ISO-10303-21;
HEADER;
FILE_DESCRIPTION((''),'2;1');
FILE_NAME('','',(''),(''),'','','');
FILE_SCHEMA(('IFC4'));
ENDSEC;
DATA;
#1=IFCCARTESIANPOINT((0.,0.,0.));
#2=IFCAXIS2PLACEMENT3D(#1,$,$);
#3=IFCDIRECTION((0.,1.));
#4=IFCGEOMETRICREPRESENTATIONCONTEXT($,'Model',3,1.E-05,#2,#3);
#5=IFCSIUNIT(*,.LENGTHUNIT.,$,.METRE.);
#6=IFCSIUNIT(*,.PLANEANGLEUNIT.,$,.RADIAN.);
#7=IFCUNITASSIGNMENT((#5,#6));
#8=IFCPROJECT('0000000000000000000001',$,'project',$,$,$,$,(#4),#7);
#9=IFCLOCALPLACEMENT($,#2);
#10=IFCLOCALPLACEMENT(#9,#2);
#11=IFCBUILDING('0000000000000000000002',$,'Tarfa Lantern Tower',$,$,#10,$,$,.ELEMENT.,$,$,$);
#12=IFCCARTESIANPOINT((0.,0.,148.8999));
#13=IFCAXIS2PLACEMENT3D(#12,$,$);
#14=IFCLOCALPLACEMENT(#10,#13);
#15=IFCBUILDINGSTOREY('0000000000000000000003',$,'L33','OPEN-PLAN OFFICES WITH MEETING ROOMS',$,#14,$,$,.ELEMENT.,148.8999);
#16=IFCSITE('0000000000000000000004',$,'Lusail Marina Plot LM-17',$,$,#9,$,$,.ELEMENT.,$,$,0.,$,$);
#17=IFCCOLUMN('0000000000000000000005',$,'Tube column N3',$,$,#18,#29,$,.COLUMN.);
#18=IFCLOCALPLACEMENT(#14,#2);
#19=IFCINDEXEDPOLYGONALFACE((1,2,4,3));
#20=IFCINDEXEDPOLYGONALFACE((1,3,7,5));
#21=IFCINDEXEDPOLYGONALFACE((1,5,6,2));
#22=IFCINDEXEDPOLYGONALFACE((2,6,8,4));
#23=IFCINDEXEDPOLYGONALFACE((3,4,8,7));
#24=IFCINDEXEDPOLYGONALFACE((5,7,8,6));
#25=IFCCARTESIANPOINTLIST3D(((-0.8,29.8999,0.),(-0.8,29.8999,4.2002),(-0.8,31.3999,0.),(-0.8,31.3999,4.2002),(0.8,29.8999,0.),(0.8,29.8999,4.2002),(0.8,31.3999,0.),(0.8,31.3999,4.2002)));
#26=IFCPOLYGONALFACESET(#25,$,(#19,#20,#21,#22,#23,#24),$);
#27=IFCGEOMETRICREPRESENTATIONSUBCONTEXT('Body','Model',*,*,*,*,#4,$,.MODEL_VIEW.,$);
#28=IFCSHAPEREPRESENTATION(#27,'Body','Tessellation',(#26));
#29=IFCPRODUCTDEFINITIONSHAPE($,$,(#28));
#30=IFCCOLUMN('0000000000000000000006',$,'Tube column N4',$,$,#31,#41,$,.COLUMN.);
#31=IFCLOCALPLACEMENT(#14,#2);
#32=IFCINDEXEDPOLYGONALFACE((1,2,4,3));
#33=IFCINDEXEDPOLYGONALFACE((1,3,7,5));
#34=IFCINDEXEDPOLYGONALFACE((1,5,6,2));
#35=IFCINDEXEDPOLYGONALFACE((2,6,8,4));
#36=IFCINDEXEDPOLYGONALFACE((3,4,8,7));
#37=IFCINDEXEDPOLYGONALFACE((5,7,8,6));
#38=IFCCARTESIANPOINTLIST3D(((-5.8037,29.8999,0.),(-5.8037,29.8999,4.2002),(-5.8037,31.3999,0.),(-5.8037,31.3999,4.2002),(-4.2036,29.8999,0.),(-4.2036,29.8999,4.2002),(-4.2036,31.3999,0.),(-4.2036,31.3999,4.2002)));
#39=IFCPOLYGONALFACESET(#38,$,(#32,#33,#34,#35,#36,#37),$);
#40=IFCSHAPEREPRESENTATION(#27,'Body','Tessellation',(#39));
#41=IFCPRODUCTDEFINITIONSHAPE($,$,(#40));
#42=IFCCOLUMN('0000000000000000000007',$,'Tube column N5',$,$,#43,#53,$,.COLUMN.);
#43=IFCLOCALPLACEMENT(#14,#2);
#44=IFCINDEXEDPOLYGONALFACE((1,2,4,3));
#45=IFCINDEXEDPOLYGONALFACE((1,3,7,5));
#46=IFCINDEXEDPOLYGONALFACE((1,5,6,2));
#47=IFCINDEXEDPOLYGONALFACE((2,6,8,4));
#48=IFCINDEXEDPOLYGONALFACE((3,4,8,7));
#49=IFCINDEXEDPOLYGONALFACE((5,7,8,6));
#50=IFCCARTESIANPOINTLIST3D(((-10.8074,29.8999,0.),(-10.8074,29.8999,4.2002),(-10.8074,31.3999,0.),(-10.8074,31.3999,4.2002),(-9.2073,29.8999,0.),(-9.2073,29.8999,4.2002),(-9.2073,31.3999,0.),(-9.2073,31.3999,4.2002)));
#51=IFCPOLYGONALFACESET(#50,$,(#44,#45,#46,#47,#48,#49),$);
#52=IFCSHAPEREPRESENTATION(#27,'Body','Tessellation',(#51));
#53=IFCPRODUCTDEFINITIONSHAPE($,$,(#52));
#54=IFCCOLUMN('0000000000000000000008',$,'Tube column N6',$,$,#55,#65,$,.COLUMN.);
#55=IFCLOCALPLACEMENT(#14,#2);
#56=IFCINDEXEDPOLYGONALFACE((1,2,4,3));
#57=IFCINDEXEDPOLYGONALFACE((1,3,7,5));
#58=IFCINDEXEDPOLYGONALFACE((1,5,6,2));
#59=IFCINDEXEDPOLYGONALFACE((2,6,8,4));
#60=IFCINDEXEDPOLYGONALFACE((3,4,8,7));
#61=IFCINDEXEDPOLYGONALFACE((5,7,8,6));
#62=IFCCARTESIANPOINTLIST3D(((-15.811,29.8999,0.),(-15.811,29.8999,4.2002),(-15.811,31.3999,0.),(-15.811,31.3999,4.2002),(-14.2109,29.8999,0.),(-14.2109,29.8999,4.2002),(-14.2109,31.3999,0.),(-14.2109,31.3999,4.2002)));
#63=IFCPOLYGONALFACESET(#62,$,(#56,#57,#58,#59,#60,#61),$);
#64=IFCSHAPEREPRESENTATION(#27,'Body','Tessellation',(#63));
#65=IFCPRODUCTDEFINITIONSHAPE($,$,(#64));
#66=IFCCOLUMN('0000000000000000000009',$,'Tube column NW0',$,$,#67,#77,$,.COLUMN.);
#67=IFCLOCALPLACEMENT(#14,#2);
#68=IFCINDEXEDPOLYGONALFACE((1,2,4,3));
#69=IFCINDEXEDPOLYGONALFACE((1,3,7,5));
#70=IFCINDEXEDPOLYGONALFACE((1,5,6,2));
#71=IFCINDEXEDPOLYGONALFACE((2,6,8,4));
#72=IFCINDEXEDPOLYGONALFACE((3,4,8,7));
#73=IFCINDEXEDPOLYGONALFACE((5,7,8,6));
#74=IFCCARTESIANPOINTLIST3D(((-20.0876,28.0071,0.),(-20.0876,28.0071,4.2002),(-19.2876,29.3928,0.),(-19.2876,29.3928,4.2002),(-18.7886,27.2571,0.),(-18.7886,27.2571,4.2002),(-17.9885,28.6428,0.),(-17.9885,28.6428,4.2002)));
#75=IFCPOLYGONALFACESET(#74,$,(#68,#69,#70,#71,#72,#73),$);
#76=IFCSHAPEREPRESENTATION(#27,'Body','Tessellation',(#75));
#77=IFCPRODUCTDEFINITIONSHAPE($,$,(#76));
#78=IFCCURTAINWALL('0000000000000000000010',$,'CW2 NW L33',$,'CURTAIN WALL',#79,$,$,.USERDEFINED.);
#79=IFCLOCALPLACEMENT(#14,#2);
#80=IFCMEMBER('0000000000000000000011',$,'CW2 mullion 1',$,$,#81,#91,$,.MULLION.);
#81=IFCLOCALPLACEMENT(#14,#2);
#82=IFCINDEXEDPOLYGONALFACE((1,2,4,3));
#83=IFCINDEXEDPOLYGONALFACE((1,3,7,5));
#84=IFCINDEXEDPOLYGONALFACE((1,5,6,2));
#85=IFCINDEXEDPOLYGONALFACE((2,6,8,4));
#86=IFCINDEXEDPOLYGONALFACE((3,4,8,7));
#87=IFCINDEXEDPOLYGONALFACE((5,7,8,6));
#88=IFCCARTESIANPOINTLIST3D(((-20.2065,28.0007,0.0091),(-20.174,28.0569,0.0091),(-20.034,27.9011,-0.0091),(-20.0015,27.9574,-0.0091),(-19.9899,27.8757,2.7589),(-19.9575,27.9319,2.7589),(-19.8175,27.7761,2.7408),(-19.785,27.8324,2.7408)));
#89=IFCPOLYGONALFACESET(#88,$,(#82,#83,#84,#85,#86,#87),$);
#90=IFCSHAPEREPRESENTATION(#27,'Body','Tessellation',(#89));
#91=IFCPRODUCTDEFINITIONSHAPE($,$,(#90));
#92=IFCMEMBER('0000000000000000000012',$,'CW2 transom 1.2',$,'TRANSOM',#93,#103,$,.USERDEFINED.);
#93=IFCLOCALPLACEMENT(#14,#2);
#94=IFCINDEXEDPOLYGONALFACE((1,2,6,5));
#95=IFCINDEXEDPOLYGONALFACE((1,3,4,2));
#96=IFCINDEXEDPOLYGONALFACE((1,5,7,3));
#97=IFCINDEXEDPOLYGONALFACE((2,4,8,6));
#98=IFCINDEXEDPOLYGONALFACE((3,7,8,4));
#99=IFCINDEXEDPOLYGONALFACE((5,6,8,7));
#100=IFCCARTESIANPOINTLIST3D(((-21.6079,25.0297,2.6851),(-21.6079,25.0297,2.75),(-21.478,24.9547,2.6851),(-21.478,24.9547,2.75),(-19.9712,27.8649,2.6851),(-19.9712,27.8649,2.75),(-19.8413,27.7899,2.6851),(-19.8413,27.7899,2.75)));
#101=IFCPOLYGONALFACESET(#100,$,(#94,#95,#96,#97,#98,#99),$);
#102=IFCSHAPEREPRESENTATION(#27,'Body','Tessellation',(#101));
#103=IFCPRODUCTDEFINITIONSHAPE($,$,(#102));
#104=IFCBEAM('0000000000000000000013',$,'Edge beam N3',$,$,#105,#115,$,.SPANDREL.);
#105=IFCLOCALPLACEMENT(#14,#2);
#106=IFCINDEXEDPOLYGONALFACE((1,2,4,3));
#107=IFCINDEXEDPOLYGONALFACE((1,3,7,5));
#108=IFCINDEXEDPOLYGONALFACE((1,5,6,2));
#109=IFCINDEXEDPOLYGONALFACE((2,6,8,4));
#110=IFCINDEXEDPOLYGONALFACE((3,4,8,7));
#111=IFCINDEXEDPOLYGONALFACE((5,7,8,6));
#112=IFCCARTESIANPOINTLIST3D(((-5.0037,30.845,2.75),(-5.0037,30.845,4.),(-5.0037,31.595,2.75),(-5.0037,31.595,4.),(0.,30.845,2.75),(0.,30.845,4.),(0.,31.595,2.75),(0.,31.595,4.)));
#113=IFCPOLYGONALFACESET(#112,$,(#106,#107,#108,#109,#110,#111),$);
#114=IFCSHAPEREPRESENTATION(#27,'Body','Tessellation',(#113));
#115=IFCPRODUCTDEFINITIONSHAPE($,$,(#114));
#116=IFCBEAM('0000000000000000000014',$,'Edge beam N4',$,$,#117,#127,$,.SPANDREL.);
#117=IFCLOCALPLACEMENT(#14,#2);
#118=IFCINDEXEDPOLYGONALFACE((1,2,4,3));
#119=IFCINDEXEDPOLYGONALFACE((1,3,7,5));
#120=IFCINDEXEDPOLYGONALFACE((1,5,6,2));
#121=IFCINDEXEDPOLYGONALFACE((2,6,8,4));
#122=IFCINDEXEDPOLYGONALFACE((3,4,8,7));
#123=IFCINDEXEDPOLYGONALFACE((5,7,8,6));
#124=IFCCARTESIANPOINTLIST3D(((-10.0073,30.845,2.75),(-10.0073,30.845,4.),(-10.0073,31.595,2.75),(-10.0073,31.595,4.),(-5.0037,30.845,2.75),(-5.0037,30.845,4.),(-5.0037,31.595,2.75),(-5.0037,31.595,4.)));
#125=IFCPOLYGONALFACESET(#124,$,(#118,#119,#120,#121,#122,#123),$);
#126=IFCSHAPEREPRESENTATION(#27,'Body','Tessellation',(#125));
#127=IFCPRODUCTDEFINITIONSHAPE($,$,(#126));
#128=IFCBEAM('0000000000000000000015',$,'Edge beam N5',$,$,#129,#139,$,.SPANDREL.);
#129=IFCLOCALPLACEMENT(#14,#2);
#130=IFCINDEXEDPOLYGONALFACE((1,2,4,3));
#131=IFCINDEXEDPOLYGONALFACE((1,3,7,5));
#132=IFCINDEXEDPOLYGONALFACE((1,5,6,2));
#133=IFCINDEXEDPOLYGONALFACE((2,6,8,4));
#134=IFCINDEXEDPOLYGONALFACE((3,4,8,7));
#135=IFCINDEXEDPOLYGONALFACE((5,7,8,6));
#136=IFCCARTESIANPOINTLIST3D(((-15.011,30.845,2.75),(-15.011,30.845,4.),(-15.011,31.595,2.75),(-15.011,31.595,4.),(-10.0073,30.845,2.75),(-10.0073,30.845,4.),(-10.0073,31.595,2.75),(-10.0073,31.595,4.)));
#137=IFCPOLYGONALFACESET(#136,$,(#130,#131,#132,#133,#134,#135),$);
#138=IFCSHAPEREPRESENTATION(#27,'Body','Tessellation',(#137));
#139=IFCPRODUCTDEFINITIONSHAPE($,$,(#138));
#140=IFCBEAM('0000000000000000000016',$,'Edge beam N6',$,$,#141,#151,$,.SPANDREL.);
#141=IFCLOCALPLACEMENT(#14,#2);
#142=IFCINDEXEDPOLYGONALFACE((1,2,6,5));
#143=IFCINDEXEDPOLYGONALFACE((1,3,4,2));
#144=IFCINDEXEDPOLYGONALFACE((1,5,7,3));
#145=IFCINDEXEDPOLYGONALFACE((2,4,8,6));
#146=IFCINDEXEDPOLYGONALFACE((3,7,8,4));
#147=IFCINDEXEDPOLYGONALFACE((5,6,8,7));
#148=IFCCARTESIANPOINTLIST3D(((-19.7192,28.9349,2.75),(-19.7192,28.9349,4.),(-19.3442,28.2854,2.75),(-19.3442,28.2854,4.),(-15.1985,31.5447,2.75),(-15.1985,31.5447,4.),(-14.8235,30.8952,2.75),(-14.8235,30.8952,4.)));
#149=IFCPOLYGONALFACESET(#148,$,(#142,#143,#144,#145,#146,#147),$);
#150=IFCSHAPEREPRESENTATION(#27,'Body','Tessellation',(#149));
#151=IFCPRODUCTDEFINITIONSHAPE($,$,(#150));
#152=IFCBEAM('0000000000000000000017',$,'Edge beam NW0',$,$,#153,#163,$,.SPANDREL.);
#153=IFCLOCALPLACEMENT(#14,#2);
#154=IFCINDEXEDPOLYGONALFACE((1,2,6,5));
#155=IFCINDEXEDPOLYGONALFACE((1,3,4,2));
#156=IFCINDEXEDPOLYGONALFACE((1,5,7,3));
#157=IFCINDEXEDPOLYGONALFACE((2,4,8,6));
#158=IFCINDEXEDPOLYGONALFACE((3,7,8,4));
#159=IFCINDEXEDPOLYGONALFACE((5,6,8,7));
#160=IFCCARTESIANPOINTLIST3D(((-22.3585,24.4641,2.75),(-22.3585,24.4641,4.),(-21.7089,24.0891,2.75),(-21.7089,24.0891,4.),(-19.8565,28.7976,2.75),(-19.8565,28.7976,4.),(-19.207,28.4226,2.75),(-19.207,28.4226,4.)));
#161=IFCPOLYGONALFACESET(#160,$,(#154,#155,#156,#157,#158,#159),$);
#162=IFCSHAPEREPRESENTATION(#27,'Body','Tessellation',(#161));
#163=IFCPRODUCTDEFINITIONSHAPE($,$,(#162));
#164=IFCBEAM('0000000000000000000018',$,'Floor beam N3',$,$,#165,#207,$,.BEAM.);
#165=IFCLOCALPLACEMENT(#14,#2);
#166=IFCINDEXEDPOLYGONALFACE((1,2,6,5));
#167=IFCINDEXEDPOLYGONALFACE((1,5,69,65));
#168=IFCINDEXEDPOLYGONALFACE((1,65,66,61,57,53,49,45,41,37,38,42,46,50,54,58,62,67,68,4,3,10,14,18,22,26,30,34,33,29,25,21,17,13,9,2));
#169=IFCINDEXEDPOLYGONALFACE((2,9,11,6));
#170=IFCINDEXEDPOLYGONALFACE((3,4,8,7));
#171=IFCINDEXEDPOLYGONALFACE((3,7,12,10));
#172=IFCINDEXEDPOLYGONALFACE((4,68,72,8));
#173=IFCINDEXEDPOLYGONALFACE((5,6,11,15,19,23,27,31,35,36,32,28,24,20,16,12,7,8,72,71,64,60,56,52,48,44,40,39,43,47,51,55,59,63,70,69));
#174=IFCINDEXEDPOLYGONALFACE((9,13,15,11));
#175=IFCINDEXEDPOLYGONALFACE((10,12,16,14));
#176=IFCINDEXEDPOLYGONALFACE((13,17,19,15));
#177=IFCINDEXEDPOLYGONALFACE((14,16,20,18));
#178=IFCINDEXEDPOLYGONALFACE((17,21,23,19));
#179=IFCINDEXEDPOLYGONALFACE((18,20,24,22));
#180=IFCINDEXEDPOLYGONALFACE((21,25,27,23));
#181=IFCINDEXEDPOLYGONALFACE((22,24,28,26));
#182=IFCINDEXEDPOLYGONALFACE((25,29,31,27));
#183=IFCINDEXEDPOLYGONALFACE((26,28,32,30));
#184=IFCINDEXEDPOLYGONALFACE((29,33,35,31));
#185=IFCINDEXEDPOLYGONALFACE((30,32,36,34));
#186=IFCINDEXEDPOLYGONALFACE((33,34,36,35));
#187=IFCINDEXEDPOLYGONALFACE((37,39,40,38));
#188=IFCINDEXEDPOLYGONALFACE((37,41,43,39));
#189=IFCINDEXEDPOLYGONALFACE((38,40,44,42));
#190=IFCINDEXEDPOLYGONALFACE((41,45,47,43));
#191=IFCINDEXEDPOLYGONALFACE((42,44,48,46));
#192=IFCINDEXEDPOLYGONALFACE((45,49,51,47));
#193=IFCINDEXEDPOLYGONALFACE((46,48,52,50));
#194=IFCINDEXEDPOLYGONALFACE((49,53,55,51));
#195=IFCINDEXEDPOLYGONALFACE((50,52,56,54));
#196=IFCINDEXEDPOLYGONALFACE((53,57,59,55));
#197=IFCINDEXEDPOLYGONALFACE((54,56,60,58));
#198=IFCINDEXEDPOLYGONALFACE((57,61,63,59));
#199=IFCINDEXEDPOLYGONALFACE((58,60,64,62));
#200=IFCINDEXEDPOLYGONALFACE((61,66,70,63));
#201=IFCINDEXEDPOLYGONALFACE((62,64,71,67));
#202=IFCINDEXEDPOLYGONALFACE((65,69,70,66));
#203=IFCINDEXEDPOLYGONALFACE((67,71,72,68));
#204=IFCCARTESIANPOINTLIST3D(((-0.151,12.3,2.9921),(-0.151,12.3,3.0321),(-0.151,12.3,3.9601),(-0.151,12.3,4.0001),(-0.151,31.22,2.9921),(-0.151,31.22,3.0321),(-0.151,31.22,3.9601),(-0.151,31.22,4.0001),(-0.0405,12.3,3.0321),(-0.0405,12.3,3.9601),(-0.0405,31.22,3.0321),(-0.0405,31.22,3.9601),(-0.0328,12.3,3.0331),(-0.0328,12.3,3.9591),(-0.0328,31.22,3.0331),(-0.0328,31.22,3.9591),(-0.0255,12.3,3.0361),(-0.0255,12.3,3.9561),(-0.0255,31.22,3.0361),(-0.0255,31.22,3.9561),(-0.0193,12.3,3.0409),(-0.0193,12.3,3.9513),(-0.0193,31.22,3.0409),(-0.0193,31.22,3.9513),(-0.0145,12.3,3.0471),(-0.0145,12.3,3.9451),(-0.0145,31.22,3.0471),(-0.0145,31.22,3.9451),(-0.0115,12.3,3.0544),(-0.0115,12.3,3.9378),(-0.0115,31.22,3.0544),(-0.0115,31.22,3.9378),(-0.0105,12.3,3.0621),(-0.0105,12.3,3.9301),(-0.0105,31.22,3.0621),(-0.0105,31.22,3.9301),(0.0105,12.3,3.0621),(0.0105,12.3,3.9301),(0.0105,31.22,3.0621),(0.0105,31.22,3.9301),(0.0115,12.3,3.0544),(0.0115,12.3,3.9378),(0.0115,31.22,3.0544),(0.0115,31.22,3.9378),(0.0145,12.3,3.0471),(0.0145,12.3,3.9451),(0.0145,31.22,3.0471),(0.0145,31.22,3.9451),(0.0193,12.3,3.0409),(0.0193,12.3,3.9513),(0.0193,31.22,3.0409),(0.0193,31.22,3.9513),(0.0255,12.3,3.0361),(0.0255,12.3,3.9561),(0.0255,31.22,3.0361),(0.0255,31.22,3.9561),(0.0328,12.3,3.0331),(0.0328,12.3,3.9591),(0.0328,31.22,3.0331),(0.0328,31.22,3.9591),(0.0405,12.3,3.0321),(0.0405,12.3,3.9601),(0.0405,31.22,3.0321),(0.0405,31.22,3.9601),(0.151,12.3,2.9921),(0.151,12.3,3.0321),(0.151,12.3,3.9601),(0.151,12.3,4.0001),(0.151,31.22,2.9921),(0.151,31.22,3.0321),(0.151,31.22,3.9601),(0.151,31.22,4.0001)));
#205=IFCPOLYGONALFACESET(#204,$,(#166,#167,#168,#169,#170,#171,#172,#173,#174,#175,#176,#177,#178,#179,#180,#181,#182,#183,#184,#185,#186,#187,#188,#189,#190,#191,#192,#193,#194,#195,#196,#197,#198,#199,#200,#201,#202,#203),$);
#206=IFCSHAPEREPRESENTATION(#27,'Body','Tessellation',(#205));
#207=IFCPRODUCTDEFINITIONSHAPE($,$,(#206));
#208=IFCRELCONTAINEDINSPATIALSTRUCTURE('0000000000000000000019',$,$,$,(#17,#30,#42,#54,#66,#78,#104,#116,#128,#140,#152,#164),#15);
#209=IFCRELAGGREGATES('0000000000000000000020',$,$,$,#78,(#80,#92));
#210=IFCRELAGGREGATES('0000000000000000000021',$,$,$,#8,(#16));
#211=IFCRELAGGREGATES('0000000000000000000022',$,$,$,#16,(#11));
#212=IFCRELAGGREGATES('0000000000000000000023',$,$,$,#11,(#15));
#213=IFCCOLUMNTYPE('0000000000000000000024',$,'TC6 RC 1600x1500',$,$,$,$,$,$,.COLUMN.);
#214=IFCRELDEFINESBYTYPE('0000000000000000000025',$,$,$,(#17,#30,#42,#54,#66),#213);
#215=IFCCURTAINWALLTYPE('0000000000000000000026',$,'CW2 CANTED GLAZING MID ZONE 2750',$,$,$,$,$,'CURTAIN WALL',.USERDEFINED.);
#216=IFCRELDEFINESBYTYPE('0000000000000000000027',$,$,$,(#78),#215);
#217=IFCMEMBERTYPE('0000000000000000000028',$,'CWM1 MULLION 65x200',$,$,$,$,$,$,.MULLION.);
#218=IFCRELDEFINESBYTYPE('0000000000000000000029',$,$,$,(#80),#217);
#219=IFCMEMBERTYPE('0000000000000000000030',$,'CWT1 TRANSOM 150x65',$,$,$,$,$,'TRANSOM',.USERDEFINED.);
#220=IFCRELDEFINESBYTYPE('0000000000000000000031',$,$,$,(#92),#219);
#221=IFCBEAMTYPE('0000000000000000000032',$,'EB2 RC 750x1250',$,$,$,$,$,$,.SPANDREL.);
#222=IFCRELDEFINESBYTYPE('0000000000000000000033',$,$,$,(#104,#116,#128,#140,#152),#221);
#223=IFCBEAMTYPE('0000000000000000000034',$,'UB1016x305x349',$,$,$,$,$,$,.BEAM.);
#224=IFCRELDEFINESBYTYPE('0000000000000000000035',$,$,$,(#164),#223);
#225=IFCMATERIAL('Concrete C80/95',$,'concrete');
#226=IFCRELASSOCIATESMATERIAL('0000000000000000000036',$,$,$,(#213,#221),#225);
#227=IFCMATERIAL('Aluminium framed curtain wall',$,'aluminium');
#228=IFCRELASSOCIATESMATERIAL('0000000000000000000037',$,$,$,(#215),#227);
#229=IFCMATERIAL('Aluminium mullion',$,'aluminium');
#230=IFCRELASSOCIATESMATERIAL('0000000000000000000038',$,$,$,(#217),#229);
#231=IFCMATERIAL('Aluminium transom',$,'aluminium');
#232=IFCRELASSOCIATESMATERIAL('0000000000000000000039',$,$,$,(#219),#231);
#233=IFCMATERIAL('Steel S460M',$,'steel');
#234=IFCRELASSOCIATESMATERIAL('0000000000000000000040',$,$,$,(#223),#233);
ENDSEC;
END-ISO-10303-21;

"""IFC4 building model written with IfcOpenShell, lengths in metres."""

from ifc_helpers import new_model, si_unit, direction, frame, origin, origin_2d, place, context, subcontext, project, spatial, rectangle, i_section, extrude, material, material_profile, profile_set, type_object, element, aggregate, save


model = new_model("IFC4")

# Units and contexts
model_context = context("Model", 3, precision=1e-05, world=origin(), true_north=direction((0.0, 1.0)))
body_context = subcontext(model_context, "Body", "Model", "MODEL_VIEW")
ifc_project = project(units=[si_unit("LENGTHUNIT", "METRE"), si_unit("PLANEANGLEUNIT", "RADIAN")], contexts=[model_context])

# Site, building, storey
site_placement = place(None, origin())
site = spatial("IfcSite", under=ifc_project, at=site_placement, Name="Lusail Marina Plot LM-17", CompositionType="ELEMENT", RefElevation=0.0)
building_placement = place(site_placement, origin())
building = spatial("IfcBuilding", under=site, at=building_placement, Name="Tarfa Lantern Tower", CompositionType="ELEMENT")
storey_placement = place(building_placement, frame((0.0, 0.0, 148.8999)))
storey = spatial("IfcBuildingStorey", under=building, at=storey_placement, Name="L33", Description="OPEN-PLAN OFFICES WITH MEETING ROOMS", CompositionType="ELEMENT", Elevation=148.8999)

# Columns
ifc_material_1 = material(Name="Concrete C80/95", Category="concrete")
ifc_material_profile_1 = material_profile(ifc_material_1, rectangle(XDim=1.6001, YDim=1.5, at=origin_2d()), Name="RC 1600x1500")
ifc_profile_set_1 = profile_set([ifc_material_profile_1], Name="Concrete C80/95")
column_type = type_object("IfcColumnType", Name="TC6 RC 1600x1500", PredefinedType="COLUMN", material=ifc_profile_set_1)
for number, where, z_axis, x_axis, name in (
    (1, (0.0, 30.6499, 0.0), (0.0, 0.0, 1.0), (-1.0, 0.0, 0.0), "Tube column N3"),
    (2, (-5.0037, 30.6499, 0.0), (0.0, 0.0, 1.0), (-1.0, 0.0, 0.0), "Tube column N4"),
    (3, (-10.0073, 30.6499, 0.0), (0.0, 0.0, 1.0), (-1.0, 0.0, 0.0), "Tube column N5"),
    (4, (-15.011, 30.6499, 0.0), (0.0, 0.0, 1.0), (-1.0, 0.0, 0.0), "Tube column N6"),
    (5, (-19.0381, 28.325, 0.0), (0.0, 0.0, 1.0), (-0.5, -0.866025, 0.0), "Tube column NW0"),
):
    element("IfcColumn", number, at=place(storey_placement, frame(where, z_axis=z_axis, x_axis=x_axis)), inside=storey, type_object=column_type, Name=name, PredefinedType="COLUMN", context=body_context, shape_type="SweptSolid", body=[
        extrude(rectangle(XDim=1.6001, YDim=1.5, at=origin_2d()), origin(), (0.0, 0.0, 1.0), 4.2002),
    ])

# Curtain wall, members
ifc_material_2 = material(Name="Aluminium framed curtain wall", Category="aluminium")
curtain_wall_type = type_object("IfcCurtainWallType", Name="CW2 CANTED GLAZING MID ZONE 2750", ElementType="CURTAIN WALL", PredefinedType="USERDEFINED", material=ifc_material_2)
curtain_wall_placement = place(storey_placement, origin())
curtain_wall = element("IfcCurtainWall", 6, at=curtain_wall_placement, inside=storey, type_object=curtain_wall_type, Name="CW2 NW L33", ObjectType="CURTAIN WALL", PredefinedType="USERDEFINED")
ifc_material_3 = material(Name="Aluminium mullion", Category="aluminium")
ifc_material_profile_2 = material_profile(ifc_material_3, rectangle(XDim=0.0649, YDim=0.2, at=origin_2d()), Name="AL MULLION 65x200")
ifc_profile_set_2 = profile_set([ifc_material_profile_2], Name="Aluminium mullion")
member_type_1 = type_object("IfcMemberType", Name="CWM1 MULLION 65x200", PredefinedType="MULLION", material=ifc_profile_set_2)
member_1_placement = place(storey_placement, frame((-20.104, 27.979, 0.0), z_axis=(0.078423, -0.045268, 0.995892), x_axis=(0.49992, 0.866072, 0.0)))
member_1 = element("IfcMember", 7, at=member_1_placement, type_object=member_type_1, Name="CW2 mullion 1", PredefinedType="MULLION", context=body_context, shape_type="SweptSolid", body=[
    extrude(rectangle(XDim=0.0649, YDim=0.2, at=origin_2d()), origin(), (0.0, 0.0, 1.0), 2.7612),
])
ifc_material_4 = material(Name="Aluminium transom", Category="aluminium")
ifc_material_profile_3 = material_profile(ifc_material_4, rectangle(XDim=0.1499, YDim=0.0649, at=origin_2d()), Name="AL TRANSOM 150x65")
ifc_profile_set_3 = profile_set([ifc_material_profile_3], Name="Aluminium transom")
member_type_2 = type_object("IfcMemberType", Name="CWT1 TRANSOM 150x65", ElementType="TRANSOM", PredefinedType="USERDEFINED", material=ifc_profile_set_3)
member_2_placement = place(storey_placement, frame((-19.9062, 27.8274, 2.7175), z_axis=(-0.499957, -0.86605, 0.0), x_axis=(0.86605, -0.499957, 0.0)))
member_2 = element("IfcMember", 8, at=member_2_placement, type_object=member_type_2, Name="CW2 transom 1.2", ObjectType="TRANSOM", PredefinedType="USERDEFINED", context=body_context, shape_type="SweptSolid", body=[
    extrude(rectangle(XDim=0.1499, YDim=0.0649, at=origin_2d()), origin(), (0.0, 0.0, 1.0), 3.2737),
])

# Beams
ifc_material_profile_4 = material_profile(ifc_material_1, rectangle(XDim=0.75, YDim=1.25, at=origin_2d()), Name="RC 750x1250")
ifc_profile_set_4 = profile_set([ifc_material_profile_4], Name="Concrete C80/95")
beam_type_1 = type_object("IfcBeamType", Name="EB2 RC 750x1250", PredefinedType="SPANDREL", material=ifc_profile_set_4)
for number, where, z_axis, x_axis, name in (
    (9, (0.0, 31.22, 3.375), (-1.0, 0.0, 0.0), (0.0, -1.0, 0.0), "Edge beam N3"),
    (10, (-5.0037, 31.22, 3.375), (-1.0, 0.0, 0.0), (0.0, -1.0, 0.0), "Edge beam N4"),
    (11, (-10.0073, 31.22, 3.375), (-1.0, 0.0, 0.0), (0.0, -1.0, 0.0), "Edge beam N5"),
):
    element("IfcBeam", number, at=place(storey_placement, frame(where, z_axis=z_axis, x_axis=x_axis)), inside=storey, type_object=beam_type_1, Name=name, PredefinedType="SPANDREL", context=body_context, shape_type="SweptSolid", body=[
        extrude(rectangle(XDim=0.75, YDim=1.25, at=origin_2d()), origin(), (0.0, 0.0, 1.0), 5.0037),
    ])
beam_1_placement = place(storey_placement, frame((-15.011, 31.22, 3.375), z_axis=(-0.866042, -0.499972, 0.0), x_axis=(0.499972, -0.866042, 0.0)))
element("IfcBeam", 12, at=beam_1_placement, inside=storey, type_object=beam_type_1, Name="Edge beam N6", PredefinedType="SPANDREL", context=body_context, shape_type="SweptSolid", body=[
    extrude(rectangle(XDim=0.75, YDim=1.25, at=origin_2d()), origin(), (0.0, 0.0, 1.0), 5.22),
])
beam_2_placement = place(storey_placement, frame((-19.5317, 28.6101, 3.375), z_axis=(-0.500001, -0.866025, 0.0), x_axis=(0.866025, -0.500001, 0.0)))
element("IfcBeam", 13, at=beam_2_placement, inside=storey, type_object=beam_type_1, Name="Edge beam NW0", PredefinedType="SPANDREL", context=body_context, shape_type="SweptSolid", body=[
    extrude(rectangle(XDim=0.75, YDim=1.25, at=origin_2d()), origin(), (0.0, 0.0, 1.0), 5.0039),
])
ifc_material_5 = material(Name="Steel S460M", Category="steel")
ifc_material_profile_5 = material_profile(ifc_material_5, i_section(OverallWidth=0.302, OverallDepth=1.0081, WebThickness=0.021, FlangeThickness=0.04, FilletRadius=0.03, at=origin_2d()), Name="UB1016x305x349")
ifc_profile_set_5 = profile_set([ifc_material_profile_5], Name="Steel S460M")
beam_type_2 = type_object("IfcBeamType", Name="UB1016x305x349", PredefinedType="BEAM", material=ifc_profile_set_5)
for number, where, z_axis, x_axis, name in (
    (14, (0.0, 31.22, 3.4961), (0.0, -1.0, 0.0), (1.0, 0.0, 0.0), "Floor beam N3"),
):
    element("IfcBeam", number, at=place(storey_placement, frame(where, z_axis=z_axis, x_axis=x_axis)), inside=storey, type_object=beam_type_2, Name=name, PredefinedType="BEAM", context=body_context, shape_type="SweptSolid", body=[
        extrude(i_section(OverallWidth=0.302, OverallDepth=1.0081, WebThickness=0.021, FlangeThickness=0.04, FilletRadius=0.03, at=origin_2d()), origin(), (0.0, 0.0, 1.0), 18.9199),
    ])

aggregate(curtain_wall, [member_1, member_2])

save(model, "model.ifc")
